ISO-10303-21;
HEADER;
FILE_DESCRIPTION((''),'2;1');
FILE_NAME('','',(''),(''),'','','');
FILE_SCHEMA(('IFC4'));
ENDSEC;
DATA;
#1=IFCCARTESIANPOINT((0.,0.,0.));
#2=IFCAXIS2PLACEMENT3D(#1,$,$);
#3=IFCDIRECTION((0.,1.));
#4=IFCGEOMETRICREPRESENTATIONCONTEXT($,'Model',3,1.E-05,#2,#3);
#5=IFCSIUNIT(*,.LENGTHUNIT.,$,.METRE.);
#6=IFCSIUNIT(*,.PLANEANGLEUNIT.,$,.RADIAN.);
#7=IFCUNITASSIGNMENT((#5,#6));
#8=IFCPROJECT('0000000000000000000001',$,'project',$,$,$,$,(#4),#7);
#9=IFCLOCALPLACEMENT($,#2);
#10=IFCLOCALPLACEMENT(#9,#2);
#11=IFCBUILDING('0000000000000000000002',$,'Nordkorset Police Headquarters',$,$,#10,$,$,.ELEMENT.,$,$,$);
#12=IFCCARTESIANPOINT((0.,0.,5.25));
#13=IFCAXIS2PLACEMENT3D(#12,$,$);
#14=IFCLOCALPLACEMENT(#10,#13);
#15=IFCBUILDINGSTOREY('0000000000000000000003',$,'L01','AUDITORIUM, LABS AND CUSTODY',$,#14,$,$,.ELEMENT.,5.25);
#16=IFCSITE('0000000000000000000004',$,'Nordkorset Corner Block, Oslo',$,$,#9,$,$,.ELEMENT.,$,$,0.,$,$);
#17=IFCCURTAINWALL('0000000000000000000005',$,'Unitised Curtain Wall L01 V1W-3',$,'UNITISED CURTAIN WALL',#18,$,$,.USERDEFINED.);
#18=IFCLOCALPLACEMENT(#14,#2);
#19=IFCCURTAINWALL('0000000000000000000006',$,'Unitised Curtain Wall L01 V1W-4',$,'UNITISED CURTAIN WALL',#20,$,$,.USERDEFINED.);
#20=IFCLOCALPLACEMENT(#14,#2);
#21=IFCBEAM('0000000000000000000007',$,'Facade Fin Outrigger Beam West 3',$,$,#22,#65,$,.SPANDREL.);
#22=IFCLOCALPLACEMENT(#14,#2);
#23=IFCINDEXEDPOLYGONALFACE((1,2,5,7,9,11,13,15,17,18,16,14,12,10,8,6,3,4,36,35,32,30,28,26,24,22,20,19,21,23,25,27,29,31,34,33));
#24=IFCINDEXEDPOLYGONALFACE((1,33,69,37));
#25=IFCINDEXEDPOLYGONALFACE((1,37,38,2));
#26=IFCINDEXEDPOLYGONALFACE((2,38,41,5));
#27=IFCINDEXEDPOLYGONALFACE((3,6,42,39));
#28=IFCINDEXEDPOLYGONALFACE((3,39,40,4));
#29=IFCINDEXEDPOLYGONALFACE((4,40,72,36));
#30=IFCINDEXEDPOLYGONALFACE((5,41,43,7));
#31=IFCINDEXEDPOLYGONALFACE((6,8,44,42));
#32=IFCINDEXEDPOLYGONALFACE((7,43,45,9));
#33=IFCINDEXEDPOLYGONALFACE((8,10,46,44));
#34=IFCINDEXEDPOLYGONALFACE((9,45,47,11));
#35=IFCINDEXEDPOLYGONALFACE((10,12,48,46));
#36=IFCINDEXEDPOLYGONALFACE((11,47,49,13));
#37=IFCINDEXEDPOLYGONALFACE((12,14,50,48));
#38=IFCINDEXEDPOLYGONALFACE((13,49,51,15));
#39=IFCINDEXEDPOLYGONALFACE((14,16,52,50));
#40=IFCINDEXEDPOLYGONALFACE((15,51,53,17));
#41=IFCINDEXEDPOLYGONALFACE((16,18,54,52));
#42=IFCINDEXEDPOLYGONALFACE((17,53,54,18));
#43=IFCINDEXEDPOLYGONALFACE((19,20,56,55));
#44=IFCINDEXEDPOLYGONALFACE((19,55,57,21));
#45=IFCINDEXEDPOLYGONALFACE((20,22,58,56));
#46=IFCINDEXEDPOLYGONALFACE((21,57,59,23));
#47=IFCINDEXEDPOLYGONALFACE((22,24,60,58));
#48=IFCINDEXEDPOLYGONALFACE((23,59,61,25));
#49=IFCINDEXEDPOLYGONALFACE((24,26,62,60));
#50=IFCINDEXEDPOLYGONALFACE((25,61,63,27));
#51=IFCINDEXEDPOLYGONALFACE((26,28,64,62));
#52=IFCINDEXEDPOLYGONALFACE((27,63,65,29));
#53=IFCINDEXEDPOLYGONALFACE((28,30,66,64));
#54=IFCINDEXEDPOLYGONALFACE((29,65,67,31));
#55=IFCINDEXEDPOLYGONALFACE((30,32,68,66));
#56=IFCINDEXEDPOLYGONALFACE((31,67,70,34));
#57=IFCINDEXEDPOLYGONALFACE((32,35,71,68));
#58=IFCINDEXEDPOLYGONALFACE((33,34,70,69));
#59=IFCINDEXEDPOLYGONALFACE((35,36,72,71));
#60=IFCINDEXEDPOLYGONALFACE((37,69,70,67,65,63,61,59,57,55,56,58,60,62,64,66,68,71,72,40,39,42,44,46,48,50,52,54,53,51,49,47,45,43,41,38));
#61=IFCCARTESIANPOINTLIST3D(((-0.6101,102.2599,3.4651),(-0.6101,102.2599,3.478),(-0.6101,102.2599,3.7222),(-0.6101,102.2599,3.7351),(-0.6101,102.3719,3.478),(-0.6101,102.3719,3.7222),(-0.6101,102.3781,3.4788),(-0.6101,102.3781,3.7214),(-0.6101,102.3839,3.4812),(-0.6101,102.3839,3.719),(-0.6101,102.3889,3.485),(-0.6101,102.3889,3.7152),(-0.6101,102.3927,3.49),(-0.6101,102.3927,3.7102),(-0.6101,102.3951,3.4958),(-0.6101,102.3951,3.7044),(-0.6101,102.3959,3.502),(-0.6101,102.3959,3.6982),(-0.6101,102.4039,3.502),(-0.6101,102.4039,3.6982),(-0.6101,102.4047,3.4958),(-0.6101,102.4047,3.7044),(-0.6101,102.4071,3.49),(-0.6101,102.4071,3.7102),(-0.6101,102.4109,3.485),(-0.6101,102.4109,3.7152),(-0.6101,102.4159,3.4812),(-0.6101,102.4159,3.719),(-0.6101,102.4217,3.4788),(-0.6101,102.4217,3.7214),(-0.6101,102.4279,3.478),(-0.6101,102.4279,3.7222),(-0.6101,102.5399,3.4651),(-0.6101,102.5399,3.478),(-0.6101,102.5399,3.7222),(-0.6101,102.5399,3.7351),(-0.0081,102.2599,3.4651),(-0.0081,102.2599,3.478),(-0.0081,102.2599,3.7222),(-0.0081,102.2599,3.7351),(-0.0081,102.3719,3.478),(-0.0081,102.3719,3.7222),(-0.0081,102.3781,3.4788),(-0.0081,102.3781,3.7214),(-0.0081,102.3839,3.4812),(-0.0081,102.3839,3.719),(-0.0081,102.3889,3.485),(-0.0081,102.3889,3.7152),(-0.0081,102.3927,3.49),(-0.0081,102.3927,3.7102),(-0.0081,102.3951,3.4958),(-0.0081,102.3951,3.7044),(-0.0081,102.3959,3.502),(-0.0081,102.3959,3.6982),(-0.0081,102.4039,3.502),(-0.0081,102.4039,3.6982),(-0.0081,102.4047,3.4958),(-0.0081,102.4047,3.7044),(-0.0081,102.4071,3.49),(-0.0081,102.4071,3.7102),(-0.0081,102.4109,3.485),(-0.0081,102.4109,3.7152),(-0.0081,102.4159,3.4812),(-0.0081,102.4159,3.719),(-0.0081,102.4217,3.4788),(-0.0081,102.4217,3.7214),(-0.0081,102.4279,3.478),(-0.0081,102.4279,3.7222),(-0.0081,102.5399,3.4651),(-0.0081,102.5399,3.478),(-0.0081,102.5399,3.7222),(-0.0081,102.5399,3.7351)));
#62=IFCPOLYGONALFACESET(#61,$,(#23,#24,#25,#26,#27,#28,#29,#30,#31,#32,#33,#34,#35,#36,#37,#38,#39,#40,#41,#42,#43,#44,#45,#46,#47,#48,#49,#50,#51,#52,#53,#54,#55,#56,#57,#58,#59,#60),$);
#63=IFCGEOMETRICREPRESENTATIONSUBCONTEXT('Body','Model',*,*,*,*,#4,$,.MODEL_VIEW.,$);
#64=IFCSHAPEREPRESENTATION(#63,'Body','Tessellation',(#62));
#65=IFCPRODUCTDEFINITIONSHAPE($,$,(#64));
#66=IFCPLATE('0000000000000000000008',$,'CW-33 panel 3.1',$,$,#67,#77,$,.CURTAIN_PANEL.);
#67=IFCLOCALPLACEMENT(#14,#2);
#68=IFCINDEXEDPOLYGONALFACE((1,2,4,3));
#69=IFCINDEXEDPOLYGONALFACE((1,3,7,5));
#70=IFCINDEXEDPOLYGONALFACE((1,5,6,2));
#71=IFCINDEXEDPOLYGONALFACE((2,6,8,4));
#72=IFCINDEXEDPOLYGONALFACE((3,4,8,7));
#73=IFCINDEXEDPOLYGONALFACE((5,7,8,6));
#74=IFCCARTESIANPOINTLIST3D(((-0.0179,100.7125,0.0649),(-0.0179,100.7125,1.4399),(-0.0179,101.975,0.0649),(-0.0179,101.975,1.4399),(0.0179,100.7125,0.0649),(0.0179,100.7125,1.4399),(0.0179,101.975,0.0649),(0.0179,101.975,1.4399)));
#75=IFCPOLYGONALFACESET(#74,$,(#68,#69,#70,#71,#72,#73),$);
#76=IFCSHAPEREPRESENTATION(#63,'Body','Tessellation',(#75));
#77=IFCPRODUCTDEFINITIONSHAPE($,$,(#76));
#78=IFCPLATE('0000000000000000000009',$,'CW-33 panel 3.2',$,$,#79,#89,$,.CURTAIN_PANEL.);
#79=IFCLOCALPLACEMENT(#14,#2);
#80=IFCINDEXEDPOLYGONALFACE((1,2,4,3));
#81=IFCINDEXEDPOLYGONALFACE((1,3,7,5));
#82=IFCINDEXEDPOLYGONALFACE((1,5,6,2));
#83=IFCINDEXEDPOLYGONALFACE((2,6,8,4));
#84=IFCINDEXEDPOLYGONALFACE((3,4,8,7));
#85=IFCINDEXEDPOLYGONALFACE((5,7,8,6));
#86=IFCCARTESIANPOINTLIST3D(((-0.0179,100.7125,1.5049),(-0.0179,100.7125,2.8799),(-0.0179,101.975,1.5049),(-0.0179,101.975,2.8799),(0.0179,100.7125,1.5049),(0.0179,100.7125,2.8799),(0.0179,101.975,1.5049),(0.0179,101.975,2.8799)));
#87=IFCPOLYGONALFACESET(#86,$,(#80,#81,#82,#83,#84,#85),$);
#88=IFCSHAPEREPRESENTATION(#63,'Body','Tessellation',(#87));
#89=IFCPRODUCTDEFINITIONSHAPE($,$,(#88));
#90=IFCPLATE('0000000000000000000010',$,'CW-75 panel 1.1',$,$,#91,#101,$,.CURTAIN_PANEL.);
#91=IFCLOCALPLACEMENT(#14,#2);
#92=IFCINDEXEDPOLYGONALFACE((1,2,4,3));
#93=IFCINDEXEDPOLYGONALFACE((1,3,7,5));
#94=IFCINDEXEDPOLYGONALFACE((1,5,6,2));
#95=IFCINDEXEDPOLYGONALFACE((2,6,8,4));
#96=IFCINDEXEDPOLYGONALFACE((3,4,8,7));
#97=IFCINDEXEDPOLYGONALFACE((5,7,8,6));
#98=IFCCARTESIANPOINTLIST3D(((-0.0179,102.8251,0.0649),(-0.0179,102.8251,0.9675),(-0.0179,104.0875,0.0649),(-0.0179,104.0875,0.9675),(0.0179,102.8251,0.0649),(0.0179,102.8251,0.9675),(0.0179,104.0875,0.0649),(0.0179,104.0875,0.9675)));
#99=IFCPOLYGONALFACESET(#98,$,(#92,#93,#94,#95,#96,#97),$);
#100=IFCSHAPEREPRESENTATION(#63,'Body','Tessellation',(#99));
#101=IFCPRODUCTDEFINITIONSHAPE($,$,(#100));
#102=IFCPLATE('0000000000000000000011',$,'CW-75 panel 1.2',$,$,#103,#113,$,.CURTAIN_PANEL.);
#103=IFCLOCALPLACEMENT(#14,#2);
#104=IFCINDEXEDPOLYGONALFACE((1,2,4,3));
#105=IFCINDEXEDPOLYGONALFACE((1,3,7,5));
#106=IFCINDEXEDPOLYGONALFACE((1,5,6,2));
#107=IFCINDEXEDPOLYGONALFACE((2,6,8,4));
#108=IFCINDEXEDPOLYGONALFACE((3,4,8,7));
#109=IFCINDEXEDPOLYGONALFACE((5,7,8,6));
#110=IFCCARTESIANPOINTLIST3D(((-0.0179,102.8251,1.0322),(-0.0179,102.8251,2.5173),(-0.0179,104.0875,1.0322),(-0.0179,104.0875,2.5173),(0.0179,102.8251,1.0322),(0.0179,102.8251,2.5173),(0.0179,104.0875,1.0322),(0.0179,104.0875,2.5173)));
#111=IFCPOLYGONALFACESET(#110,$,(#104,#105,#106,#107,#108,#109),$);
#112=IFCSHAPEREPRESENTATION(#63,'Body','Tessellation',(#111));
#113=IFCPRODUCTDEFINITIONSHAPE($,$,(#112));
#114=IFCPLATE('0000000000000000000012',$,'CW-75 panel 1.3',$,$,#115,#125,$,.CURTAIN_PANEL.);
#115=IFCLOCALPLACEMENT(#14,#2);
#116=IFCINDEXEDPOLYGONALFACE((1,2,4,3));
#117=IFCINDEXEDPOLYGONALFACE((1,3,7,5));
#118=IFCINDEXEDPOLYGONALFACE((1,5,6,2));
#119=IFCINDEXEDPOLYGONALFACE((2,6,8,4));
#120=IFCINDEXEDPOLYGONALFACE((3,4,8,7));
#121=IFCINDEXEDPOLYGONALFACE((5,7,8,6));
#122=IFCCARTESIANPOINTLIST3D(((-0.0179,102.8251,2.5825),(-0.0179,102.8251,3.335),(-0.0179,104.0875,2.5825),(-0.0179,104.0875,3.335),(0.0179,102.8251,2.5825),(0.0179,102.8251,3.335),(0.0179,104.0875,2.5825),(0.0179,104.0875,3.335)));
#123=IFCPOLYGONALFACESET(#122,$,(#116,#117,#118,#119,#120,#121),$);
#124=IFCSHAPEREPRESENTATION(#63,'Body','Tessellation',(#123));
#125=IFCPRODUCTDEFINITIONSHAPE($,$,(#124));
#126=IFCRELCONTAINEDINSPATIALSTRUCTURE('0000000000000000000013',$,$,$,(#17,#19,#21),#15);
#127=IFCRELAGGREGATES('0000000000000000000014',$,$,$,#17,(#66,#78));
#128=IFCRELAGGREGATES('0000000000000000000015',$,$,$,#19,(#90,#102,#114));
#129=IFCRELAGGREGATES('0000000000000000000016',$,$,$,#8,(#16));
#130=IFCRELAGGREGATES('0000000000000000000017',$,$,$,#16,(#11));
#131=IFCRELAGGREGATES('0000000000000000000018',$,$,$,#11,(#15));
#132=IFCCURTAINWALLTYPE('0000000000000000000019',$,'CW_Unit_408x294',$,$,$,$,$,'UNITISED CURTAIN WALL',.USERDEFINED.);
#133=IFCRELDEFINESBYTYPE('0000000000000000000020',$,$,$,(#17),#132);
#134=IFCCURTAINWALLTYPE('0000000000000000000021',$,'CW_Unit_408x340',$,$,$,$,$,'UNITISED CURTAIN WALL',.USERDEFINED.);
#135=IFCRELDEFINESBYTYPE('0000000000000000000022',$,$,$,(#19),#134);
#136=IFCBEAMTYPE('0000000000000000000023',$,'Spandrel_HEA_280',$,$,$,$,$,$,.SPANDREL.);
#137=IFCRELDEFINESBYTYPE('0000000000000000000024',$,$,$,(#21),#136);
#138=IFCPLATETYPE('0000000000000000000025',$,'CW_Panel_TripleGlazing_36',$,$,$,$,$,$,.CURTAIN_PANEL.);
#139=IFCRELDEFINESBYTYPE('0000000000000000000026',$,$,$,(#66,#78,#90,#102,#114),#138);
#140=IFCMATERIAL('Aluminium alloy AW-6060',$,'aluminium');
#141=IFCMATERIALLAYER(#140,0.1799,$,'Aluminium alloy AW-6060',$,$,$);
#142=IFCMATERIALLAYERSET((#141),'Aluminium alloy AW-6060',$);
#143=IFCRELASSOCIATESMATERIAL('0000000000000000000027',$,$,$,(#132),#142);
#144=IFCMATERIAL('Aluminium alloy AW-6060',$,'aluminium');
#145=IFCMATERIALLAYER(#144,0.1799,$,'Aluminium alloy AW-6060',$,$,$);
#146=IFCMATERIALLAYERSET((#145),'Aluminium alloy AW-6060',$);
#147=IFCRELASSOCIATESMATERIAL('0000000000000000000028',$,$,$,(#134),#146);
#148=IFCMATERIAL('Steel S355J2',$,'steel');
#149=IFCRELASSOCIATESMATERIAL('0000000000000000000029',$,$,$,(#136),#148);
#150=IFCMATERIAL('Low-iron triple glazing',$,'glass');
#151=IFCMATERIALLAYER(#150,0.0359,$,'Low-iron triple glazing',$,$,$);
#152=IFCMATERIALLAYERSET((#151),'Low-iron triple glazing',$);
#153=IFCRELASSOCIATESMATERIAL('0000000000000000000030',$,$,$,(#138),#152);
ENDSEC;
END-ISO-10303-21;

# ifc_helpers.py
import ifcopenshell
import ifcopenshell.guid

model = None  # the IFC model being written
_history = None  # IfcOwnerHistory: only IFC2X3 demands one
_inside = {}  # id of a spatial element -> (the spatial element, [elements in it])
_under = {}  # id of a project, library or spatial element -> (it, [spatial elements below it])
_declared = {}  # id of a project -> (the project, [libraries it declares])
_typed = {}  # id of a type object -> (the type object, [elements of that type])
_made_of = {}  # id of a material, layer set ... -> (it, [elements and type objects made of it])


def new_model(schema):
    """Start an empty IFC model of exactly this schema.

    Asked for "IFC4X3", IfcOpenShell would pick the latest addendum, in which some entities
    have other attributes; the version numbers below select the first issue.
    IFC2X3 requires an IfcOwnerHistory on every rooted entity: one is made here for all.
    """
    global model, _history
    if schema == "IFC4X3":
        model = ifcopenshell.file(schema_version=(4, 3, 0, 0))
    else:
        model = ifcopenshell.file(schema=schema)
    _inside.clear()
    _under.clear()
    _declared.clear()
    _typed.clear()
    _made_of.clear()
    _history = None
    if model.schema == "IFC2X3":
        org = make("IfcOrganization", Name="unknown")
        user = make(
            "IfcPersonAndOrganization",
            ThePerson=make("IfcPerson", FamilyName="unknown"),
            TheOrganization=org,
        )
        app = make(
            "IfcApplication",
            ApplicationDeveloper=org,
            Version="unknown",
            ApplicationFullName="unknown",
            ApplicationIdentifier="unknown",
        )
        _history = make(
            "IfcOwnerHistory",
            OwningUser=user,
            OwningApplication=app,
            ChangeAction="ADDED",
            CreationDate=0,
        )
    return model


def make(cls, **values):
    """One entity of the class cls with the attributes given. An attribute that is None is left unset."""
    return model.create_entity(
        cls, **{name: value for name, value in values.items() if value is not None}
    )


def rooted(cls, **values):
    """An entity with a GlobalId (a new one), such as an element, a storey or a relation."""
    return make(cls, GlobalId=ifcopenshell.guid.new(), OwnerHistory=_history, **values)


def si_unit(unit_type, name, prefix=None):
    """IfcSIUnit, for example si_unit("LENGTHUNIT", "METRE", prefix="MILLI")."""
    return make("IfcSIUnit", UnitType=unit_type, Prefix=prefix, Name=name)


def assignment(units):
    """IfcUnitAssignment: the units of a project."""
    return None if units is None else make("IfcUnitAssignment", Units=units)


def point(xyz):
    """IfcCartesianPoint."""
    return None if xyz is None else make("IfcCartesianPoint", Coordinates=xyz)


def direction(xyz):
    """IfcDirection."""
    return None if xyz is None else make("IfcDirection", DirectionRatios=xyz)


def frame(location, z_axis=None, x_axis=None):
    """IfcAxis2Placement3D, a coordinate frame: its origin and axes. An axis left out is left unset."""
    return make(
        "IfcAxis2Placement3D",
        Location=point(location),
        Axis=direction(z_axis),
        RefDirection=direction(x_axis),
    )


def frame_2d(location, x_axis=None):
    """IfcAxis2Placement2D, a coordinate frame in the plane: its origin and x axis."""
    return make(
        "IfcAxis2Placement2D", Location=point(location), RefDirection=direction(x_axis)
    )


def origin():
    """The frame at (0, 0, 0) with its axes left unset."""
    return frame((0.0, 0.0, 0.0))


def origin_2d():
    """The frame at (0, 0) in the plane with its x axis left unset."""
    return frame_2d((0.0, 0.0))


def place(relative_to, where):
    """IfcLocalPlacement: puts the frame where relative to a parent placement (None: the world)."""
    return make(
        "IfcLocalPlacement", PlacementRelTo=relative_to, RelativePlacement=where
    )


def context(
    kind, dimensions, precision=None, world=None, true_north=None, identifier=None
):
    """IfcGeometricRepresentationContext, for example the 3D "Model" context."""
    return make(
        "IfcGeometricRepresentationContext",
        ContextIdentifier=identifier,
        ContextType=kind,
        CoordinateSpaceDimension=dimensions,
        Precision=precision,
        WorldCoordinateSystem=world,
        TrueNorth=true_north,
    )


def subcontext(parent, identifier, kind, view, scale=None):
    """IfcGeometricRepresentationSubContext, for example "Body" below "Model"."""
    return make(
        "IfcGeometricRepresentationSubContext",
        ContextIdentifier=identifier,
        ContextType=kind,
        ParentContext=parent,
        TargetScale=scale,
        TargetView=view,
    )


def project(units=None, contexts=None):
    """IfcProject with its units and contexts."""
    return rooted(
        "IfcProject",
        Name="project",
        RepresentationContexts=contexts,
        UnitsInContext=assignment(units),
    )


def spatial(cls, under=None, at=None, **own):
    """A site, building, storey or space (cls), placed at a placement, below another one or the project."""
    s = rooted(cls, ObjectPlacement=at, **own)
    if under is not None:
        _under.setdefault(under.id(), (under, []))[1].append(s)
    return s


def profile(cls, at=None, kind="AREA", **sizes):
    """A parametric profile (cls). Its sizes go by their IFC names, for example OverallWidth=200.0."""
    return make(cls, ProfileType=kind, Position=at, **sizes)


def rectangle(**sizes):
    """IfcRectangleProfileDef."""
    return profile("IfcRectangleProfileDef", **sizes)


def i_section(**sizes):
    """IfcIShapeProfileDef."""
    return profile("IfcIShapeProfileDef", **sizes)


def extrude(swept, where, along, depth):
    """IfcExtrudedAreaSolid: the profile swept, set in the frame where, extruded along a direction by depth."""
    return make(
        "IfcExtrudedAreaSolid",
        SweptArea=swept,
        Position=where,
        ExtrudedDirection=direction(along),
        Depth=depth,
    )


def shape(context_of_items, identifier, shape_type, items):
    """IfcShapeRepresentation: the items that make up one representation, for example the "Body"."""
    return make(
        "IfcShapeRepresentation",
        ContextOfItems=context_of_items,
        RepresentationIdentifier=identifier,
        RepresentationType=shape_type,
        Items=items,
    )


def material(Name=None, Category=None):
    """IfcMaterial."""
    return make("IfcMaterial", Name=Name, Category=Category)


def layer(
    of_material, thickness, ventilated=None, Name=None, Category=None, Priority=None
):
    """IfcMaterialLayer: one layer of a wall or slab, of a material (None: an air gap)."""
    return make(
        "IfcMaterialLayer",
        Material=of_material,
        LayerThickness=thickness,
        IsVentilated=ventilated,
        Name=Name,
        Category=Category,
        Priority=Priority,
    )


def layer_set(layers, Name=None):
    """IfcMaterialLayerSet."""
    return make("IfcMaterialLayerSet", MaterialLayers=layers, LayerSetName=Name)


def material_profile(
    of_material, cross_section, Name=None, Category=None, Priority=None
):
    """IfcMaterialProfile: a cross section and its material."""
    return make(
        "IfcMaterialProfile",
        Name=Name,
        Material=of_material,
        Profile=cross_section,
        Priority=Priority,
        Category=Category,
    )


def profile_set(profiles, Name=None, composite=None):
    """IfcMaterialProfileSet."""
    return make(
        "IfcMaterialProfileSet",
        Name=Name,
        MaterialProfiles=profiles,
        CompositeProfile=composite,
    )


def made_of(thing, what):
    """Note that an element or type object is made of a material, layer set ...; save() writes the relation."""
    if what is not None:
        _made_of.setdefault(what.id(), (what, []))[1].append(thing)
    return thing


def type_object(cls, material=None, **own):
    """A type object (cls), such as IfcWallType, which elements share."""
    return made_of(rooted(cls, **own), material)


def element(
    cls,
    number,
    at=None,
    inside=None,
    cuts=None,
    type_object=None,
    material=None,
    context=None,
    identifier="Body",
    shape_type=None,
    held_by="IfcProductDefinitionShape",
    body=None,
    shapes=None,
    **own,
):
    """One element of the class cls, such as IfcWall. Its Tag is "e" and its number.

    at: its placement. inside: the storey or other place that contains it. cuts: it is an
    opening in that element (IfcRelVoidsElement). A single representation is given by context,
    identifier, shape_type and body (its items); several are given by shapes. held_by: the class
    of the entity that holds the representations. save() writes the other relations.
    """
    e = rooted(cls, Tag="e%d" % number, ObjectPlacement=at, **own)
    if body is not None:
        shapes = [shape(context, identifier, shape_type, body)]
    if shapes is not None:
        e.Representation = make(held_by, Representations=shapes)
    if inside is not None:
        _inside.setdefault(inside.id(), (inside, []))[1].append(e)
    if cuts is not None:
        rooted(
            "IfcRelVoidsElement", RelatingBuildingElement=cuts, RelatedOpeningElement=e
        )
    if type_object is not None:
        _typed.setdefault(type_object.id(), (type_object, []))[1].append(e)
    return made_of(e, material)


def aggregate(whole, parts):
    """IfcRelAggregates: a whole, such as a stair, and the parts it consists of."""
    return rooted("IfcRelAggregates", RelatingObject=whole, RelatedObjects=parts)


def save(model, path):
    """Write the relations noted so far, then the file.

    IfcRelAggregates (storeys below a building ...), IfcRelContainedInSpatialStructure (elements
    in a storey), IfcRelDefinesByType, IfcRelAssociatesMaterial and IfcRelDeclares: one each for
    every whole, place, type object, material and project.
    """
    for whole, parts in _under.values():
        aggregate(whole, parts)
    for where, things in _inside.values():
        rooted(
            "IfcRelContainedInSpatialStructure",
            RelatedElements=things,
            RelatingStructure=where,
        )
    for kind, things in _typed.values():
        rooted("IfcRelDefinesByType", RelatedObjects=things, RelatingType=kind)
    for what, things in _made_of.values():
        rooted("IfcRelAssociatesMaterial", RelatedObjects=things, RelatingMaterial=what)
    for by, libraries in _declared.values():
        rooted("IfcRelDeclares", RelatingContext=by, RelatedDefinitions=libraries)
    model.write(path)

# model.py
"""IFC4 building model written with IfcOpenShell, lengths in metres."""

from ifc_helpers import new_model, si_unit, direction, frame, origin, origin_2d, place, context, subcontext, project, spatial, rectangle, i_section, extrude, material, layer, layer_set, material_profile, profile_set, type_object, element, aggregate, save


model = new_model("IFC4")

# Units and contexts
model_context = context("Model", 3, precision=1e-05, world=origin(), true_north=direction((0.0, 1.0)))
body_context = subcontext(model_context, "Body", "Model", "MODEL_VIEW")
ifc_project = project(units=[si_unit("LENGTHUNIT", "METRE"), si_unit("PLANEANGLEUNIT", "RADIAN")], contexts=[model_context])

# Site, building, storey
site_placement = place(None, origin())
site = spatial("IfcSite", under=ifc_project, at=site_placement, Name="Nordkorset Corner Block, Oslo", CompositionType="ELEMENT", RefElevation=0.0)
building_placement = place(site_placement, origin())
building = spatial("IfcBuilding", under=site, at=building_placement, Name="Nordkorset Police Headquarters", CompositionType="ELEMENT")
storey_placement = place(building_placement, frame((0.0, 0.0, 5.25)))
storey = spatial("IfcBuildingStorey", under=building, at=storey_placement, Name="L01", Description="AUDITORIUM, LABS AND CUSTODY", CompositionType="ELEMENT", Elevation=5.25)

# Curtain wall
ifc_material_1 = material(Name="Aluminium alloy AW-6060", Category="aluminium")
ifc_layer_1 = layer(ifc_material_1, 0.1799, Name="Aluminium alloy AW-6060")
ifc_layer_set_1 = layer_set([ifc_layer_1], Name="Aluminium alloy AW-6060")
curtain_wall_type_1 = type_object("IfcCurtainWallType", Name="CW_Unit_408x294", ElementType="UNITISED CURTAIN WALL", PredefinedType="USERDEFINED", material=ifc_layer_set_1)
curtain_wall_1_placement = place(storey_placement, origin())
curtain_wall_1 = element("IfcCurtainWall", 1, at=curtain_wall_1_placement, inside=storey, type_object=curtain_wall_type_1, Name="Unitised Curtain Wall L01 V1W-3", ObjectType="UNITISED CURTAIN WALL", PredefinedType="USERDEFINED")

# Curtain wall
ifc_material_2 = material(Name="Aluminium alloy AW-6060", Category="aluminium")
ifc_layer_2 = layer(ifc_material_2, 0.1799, Name="Aluminium alloy AW-6060")
ifc_layer_set_2 = layer_set([ifc_layer_2], Name="Aluminium alloy AW-6060")
curtain_wall_type_2 = type_object("IfcCurtainWallType", Name="CW_Unit_408x340", ElementType="UNITISED CURTAIN WALL", PredefinedType="USERDEFINED", material=ifc_layer_set_2)
curtain_wall_2_placement = place(storey_placement, origin())
curtain_wall_2 = element("IfcCurtainWall", 2, at=curtain_wall_2_placement, inside=storey, type_object=curtain_wall_type_2, Name="Unitised Curtain Wall L01 V1W-4", ObjectType="UNITISED CURTAIN WALL", PredefinedType="USERDEFINED")

# Beam
ifc_material_3 = material(Name="Steel S355J2", Category="steel")
ifc_material_profile_1 = material_profile(ifc_material_3, i_section(OverallWidth=0.28, OverallDepth=0.27, WebThickness=0.0081, FlangeThickness=0.0129, FilletRadius=0.0239, at=origin_2d()), Name="HEA 280")
ifc_profile_set_1 = profile_set([ifc_material_profile_1], Name="Steel S355J2")
beam_type_1 = type_object("IfcBeamType", Name="Spandrel_HEA_280", PredefinedType="SPANDREL", material=ifc_profile_set_1)
beam_1_placement = place(storey_placement, frame((-0.0081, 102.3999, 3.6001), z_axis=(-1.0, 0.0, 0.0), x_axis=(0.0, -1.0, 0.0)))
element("IfcBeam", 3, at=beam_1_placement, inside=storey, type_object=beam_type_1, Name="Facade Fin Outrigger Beam West 3", PredefinedType="SPANDREL", context=body_context, shape_type="SweptSolid", body=[
    extrude(i_section(OverallWidth=0.28, OverallDepth=0.27, WebThickness=0.0081, FlangeThickness=0.0129, FilletRadius=0.0239, at=origin_2d()), origin(), (0.0, 0.0, 1.0), 0.6021),
])

# Plates
ifc_material_4 = material(Name="Low-iron triple glazing", Category="glass")
ifc_layer_3 = layer(ifc_material_4, 0.0359, Name="Low-iron triple glazing")
ifc_layer_set_3 = layer_set([ifc_layer_3], Name="Low-iron triple glazing")
plate_type = type_object("IfcPlateType", Name="CW_Panel_TripleGlazing_36", PredefinedType="CURTAIN_PANEL", material=ifc_layer_set_3)
plate_1_placement = place(storey_placement, frame((0.0, 101.3438, 0.0649), z_axis=(0.0, 0.0, 1.0), x_axis=(0.0, 1.0, 0.0)))
plate_1 = element("IfcPlate", 4, at=plate_1_placement, type_object=plate_type, Name="CW-33 panel 3.1", PredefinedType="CURTAIN_PANEL", context=body_context, shape_type="SweptSolid", body=[
    extrude(rectangle(XDim=1.2625, YDim=0.0359, at=origin_2d()), origin(), (0.0, 0.0, 1.0), 1.375),
])
plate_2_placement = place(storey_placement, frame((0.0, 101.3438, 1.5049), z_axis=(0.0, 0.0, 1.0), x_axis=(0.0, 1.0, 0.0)))
plate_2 = element("IfcPlate", 5, at=plate_2_placement, type_object=plate_type, Name="CW-33 panel 3.2", PredefinedType="CURTAIN_PANEL", context=body_context, shape_type="SweptSolid", body=[
    extrude(rectangle(XDim=1.2625, YDim=0.0359, at=origin_2d()), origin(), (0.0, 0.0, 1.0), 1.375),
])
aggregate(curtain_wall_1, [plate_1, plate_2])
plate_3_placement = place(storey_placement, frame((0.0, 103.4563, 0.0649), z_axis=(0.0, 0.0, 1.0), x_axis=(0.0, 1.0, 0.0)))
plate_3 = element("IfcPlate", 6, at=plate_3_placement, type_object=plate_type, Name="CW-75 panel 1.1", PredefinedType="CURTAIN_PANEL", context=body_context, shape_type="SweptSolid", body=[
    extrude(rectangle(XDim=1.2625, YDim=0.0359, at=origin_2d()), origin(), (0.0, 0.0, 1.0), 0.9026),
])
plate_4_placement = place(storey_placement, frame((0.0, 103.4563, 1.0322), z_axis=(0.0, 0.0, 1.0), x_axis=(0.0, 1.0, 0.0)))
plate_4 = element("IfcPlate", 7, at=plate_4_placement, type_object=plate_type, Name="CW-75 panel 1.2", PredefinedType="CURTAIN_PANEL", context=body_context, shape_type="SweptSolid", body=[
    extrude(rectangle(XDim=1.2625, YDim=0.0359, at=origin_2d()), origin(), (0.0, 0.0, 1.0), 1.4851),
])
plate_5_placement = place(storey_placement, frame((0.0, 103.4563, 2.5825), z_axis=(0.0, 0.0, 1.0), x_axis=(0.0, 1.0, 0.0)))
plate_5 = element("IfcPlate", 8, at=plate_5_placement, type_object=plate_type, Name="CW-75 panel 1.3", PredefinedType="CURTAIN_PANEL", context=body_context, shape_type="SweptSolid", body=[
    extrude(rectangle(XDim=1.2625, YDim=0.0359, at=origin_2d()), origin(), (0.0, 0.0, 1.0), 0.7524),
])
aggregate(curtain_wall_2, [plate_3, plate_4, plate_5])

save(model, "model.ifc")
